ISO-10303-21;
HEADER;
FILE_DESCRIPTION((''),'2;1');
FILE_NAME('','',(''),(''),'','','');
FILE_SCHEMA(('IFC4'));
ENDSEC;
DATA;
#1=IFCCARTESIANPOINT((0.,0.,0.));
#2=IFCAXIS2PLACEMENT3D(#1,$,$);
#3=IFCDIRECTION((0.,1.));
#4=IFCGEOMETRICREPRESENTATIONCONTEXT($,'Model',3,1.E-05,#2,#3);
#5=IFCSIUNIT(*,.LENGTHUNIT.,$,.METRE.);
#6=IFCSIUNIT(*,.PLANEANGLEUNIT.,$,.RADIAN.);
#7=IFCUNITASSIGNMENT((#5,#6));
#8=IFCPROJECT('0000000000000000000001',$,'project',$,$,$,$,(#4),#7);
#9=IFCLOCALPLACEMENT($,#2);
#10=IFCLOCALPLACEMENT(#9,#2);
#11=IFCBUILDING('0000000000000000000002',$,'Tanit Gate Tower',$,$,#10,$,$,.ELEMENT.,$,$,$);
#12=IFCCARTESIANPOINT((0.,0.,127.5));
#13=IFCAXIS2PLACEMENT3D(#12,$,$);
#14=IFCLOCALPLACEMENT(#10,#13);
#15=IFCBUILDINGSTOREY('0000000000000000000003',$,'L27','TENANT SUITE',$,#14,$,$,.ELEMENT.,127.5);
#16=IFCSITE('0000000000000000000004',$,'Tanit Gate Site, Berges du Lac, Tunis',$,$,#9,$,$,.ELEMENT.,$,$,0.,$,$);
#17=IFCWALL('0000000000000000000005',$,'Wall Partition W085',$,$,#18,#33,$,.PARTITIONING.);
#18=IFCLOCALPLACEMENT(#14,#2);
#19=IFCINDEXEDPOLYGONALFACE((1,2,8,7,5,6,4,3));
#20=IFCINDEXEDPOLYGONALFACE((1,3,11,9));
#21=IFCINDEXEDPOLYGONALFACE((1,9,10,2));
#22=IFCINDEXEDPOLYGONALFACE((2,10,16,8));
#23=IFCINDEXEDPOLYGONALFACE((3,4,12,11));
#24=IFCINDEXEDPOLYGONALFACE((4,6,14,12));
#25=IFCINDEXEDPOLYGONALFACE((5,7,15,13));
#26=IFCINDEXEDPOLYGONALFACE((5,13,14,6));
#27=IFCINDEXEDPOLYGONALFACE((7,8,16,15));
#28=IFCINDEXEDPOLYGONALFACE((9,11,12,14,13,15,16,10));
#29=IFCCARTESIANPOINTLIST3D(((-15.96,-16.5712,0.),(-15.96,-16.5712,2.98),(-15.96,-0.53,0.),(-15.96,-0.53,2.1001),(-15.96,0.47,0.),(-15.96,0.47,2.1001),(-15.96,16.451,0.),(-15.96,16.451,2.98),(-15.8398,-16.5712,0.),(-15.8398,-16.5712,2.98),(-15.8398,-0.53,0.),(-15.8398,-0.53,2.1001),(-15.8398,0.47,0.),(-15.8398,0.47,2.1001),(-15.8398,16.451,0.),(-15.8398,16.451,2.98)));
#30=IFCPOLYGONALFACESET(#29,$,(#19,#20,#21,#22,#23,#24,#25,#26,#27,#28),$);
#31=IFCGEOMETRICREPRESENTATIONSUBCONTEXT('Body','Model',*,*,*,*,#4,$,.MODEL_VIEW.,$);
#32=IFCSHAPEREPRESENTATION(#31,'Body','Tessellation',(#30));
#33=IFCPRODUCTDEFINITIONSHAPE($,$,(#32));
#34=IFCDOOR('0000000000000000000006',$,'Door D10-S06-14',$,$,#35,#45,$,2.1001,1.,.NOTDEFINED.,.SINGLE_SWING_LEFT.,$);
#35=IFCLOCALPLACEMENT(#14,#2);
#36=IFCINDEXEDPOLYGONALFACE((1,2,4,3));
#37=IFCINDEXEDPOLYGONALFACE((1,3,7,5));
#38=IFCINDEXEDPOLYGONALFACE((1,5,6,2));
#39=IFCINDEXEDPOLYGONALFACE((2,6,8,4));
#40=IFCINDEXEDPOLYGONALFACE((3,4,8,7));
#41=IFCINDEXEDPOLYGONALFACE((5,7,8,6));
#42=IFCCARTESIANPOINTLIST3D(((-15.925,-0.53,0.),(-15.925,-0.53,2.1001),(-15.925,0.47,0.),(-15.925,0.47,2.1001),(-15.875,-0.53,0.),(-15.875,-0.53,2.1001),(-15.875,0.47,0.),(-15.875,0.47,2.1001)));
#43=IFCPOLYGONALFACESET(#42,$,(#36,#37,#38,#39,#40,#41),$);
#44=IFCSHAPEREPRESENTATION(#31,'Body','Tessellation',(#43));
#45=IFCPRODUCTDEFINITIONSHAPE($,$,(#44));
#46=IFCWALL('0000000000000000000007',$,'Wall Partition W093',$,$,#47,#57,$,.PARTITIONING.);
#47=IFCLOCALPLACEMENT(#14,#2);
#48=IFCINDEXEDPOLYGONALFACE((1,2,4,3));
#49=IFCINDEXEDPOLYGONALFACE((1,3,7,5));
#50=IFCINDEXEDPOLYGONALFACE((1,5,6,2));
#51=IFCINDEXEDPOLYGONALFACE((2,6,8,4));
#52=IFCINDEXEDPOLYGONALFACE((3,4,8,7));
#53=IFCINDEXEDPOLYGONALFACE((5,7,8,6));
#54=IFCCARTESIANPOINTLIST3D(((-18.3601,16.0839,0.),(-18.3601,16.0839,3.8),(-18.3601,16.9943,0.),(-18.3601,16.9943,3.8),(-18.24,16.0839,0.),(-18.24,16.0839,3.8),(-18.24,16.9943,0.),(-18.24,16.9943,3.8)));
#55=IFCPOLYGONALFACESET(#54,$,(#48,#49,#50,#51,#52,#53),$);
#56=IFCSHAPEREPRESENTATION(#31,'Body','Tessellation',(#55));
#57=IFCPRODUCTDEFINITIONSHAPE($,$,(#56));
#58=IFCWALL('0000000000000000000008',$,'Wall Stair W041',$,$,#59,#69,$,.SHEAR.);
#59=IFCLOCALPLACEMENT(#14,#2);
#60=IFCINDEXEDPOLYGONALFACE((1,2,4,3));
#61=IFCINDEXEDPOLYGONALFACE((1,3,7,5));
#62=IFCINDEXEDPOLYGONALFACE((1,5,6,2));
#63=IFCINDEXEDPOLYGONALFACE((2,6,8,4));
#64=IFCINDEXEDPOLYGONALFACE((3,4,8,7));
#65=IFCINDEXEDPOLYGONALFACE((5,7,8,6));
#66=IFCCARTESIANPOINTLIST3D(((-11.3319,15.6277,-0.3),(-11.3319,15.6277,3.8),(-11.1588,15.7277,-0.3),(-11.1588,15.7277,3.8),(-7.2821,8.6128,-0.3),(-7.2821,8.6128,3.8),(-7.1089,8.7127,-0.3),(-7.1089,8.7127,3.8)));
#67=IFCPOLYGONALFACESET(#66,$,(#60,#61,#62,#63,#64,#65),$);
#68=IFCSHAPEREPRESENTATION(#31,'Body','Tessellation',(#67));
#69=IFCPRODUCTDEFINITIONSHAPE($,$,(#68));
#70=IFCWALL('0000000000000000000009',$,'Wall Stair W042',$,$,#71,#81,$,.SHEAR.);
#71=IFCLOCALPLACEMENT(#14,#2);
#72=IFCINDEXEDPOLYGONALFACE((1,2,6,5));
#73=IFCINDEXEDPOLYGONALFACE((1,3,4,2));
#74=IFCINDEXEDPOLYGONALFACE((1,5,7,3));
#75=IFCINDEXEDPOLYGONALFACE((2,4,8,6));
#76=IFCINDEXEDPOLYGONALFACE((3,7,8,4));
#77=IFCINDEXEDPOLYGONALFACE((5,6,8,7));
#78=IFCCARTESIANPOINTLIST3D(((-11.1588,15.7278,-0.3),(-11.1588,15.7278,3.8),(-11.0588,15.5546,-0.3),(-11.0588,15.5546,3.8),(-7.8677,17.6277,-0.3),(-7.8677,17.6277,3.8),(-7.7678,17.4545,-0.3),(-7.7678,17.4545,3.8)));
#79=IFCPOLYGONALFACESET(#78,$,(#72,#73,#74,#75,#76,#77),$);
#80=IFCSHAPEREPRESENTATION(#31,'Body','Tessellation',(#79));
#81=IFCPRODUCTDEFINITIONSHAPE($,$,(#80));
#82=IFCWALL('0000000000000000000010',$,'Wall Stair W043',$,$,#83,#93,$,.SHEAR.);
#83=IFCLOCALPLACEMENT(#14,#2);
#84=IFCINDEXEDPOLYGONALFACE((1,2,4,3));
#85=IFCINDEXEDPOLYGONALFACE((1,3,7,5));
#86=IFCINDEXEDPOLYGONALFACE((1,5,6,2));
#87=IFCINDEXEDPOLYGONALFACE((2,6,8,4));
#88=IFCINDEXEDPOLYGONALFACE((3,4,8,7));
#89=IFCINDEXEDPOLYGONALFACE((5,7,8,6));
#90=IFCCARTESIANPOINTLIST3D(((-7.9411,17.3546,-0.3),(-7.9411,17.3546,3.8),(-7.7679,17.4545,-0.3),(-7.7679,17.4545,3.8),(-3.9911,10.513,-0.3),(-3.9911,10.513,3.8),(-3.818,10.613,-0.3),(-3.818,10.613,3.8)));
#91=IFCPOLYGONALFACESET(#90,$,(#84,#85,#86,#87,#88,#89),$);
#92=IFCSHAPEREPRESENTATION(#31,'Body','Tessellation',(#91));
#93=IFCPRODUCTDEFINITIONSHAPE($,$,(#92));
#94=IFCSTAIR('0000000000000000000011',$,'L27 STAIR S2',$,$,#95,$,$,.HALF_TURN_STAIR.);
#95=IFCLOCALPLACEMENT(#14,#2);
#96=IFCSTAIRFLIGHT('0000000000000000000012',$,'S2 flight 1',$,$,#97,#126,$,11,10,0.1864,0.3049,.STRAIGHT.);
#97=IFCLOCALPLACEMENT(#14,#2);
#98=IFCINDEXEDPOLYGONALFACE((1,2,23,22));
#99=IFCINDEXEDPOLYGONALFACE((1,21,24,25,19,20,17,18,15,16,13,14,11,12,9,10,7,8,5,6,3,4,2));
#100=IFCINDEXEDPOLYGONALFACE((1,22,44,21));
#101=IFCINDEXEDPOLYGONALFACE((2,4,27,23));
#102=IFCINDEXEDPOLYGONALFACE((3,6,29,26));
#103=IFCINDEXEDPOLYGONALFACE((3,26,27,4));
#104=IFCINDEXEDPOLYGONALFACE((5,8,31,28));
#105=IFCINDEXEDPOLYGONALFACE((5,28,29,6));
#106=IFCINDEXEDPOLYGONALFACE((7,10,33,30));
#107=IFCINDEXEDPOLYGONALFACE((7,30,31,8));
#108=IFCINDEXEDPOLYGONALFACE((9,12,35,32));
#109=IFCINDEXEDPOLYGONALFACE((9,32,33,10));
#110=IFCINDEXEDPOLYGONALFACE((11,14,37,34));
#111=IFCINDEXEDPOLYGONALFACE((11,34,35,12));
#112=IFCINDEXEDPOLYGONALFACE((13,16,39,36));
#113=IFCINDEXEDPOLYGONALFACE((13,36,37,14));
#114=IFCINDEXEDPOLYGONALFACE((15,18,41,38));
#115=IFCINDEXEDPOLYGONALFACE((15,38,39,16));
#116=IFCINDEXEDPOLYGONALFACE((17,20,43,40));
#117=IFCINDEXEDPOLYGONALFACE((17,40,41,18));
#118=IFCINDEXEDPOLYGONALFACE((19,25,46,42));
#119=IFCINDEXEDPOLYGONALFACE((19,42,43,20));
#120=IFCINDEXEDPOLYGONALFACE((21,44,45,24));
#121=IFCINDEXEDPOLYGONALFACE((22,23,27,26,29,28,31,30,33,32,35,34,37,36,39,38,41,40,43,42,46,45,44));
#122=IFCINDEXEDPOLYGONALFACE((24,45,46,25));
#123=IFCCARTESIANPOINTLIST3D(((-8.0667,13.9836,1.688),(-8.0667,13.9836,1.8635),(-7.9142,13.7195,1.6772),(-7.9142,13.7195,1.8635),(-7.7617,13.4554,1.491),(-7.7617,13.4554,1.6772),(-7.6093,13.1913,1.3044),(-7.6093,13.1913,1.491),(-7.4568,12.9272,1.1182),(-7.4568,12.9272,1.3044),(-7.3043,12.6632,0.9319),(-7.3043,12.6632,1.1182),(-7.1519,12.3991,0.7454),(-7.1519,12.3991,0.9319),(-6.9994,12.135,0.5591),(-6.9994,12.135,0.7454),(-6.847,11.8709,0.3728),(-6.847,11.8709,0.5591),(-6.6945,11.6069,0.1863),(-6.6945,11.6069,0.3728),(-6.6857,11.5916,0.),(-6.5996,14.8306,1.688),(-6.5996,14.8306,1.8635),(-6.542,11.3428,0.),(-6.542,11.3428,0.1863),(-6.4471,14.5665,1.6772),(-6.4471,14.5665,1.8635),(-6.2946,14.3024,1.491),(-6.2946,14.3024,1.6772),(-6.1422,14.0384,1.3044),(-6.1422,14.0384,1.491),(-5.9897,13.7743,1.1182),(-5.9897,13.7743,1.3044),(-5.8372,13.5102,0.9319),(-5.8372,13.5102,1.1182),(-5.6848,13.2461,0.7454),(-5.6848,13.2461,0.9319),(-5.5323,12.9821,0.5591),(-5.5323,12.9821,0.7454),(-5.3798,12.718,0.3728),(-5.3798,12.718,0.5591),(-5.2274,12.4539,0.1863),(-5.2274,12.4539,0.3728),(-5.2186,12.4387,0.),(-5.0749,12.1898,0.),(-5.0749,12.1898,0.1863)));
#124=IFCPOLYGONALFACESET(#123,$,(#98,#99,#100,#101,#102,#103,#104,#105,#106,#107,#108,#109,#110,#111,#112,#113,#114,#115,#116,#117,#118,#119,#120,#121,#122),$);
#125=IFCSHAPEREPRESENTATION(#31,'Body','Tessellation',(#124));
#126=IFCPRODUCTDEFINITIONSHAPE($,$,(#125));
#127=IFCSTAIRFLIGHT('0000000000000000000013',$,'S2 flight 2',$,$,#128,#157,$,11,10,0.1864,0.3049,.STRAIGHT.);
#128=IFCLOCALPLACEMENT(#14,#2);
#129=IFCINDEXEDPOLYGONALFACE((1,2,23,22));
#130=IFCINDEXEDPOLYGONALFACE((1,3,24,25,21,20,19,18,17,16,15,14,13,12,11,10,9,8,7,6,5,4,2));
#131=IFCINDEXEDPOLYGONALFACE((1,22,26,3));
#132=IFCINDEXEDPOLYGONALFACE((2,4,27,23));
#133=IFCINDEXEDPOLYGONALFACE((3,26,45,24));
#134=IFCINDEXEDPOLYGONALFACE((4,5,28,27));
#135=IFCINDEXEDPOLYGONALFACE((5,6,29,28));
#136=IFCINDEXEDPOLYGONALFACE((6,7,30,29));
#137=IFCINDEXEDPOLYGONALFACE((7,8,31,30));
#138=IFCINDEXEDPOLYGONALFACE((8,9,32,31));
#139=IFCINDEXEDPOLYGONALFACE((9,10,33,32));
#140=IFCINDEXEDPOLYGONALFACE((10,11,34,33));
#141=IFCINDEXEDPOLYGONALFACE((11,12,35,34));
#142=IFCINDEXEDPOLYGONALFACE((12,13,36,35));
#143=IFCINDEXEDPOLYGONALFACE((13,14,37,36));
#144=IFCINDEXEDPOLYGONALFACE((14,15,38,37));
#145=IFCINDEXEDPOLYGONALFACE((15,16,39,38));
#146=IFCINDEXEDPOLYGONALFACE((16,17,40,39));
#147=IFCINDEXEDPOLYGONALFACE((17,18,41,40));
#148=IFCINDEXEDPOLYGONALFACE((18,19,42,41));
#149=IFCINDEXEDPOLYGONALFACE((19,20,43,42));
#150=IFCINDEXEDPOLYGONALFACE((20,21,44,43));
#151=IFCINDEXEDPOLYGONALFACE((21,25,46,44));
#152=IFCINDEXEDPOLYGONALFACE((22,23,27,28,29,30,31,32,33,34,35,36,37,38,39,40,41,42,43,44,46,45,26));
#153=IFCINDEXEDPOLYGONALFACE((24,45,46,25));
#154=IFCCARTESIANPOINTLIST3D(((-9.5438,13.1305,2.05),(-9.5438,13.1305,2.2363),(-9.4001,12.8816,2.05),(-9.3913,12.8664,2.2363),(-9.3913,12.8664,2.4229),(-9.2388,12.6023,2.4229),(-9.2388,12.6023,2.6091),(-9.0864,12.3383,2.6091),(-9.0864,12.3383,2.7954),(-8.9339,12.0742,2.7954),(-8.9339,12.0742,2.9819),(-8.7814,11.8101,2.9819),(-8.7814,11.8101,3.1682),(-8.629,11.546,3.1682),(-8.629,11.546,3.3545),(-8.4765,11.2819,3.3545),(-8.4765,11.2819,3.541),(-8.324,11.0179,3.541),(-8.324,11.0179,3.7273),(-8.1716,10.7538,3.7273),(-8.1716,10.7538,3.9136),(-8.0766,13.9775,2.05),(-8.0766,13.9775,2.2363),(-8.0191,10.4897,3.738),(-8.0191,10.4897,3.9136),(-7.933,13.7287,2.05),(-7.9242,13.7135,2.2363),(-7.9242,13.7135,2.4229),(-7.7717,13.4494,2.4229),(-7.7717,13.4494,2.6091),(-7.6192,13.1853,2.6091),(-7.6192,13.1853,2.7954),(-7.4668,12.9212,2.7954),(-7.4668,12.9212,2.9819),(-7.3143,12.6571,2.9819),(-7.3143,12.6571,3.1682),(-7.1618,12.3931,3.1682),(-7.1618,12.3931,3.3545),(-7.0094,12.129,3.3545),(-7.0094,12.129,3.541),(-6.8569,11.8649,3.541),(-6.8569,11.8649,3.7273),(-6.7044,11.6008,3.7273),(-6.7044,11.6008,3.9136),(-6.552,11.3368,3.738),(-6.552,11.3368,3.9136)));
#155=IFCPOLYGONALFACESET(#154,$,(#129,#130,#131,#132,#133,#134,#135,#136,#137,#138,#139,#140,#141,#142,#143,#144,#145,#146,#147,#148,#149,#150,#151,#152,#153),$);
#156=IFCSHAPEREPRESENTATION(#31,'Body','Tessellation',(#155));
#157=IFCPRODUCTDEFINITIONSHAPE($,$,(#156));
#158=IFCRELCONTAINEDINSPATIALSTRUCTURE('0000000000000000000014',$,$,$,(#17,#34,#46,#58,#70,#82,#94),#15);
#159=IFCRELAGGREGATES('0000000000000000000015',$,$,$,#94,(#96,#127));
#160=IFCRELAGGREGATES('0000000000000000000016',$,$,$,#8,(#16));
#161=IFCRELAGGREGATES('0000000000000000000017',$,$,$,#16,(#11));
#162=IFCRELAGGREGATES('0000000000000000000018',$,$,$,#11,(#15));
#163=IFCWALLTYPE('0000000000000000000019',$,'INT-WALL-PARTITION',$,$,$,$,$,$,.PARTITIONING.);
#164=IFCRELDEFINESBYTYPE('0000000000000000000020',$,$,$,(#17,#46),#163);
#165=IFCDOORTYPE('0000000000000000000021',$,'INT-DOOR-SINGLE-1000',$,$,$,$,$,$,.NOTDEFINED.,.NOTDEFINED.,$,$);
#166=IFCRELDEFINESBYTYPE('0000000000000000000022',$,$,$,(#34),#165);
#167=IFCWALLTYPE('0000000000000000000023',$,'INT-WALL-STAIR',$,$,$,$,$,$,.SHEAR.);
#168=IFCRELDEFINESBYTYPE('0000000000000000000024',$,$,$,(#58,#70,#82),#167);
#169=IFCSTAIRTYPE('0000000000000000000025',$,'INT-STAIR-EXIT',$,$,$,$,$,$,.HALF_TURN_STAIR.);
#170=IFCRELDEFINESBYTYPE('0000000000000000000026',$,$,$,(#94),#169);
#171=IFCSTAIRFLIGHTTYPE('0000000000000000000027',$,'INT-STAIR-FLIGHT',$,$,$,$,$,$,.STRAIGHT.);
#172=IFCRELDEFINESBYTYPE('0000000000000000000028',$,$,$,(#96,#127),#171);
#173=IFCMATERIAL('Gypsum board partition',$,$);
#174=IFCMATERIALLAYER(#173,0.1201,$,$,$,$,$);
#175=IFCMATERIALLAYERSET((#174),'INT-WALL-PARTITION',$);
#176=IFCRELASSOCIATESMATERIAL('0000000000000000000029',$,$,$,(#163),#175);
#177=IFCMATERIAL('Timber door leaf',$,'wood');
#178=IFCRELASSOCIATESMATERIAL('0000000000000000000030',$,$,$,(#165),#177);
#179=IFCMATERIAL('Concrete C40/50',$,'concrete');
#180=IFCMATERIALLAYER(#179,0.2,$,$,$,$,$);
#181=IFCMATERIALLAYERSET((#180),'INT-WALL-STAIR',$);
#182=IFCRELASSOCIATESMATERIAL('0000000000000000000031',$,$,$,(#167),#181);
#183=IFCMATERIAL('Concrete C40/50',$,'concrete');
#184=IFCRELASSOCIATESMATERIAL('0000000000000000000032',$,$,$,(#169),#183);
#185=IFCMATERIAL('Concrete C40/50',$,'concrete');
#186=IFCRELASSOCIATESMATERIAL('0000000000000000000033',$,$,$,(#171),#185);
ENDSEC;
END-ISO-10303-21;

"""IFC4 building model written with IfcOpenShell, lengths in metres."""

from ifc_helpers import new_model, si_unit, direction, frame, frame_2d, origin, place, context, subcontext, project, spatial, polyline, rectangle, outline, extrude, material, layer, layer_set, type_object, element, fill, aggregate, save


model = new_model("IFC4")

# Units and contexts
model_context = context("Model", 3, precision=1e-05, world=origin(), true_north=direction((0.0, 1.0)))
body_context = subcontext(model_context, "Body", "Model", "MODEL_VIEW")
ifc_project = project(units=[si_unit("LENGTHUNIT", "METRE"), si_unit("PLANEANGLEUNIT", "RADIAN")], contexts=[model_context])

# Site, building, storey
site_placement = place(None, origin())
site = spatial("IfcSite", under=ifc_project, at=site_placement, Name="Tanit Gate Site, Berges du Lac, Tunis", CompositionType="ELEMENT", RefElevation=0.0)
building_placement = place(site_placement, origin())
building = spatial("IfcBuilding", under=site, at=building_placement, Name="Tanit Gate Tower", CompositionType="ELEMENT")
storey_placement = place(building_placement, frame((0.0, 0.0, 127.5)))
storey = spatial("IfcBuildingStorey", under=building, at=storey_placement, Name="L27", Description="TENANT SUITE", CompositionType="ELEMENT", Elevation=127.5)

# Wall, opening, door
ifc_material_1 = material(Name="Gypsum board partition")
ifc_layer_1 = layer(ifc_material_1, 0.1201)
ifc_layer_set_1 = layer_set([ifc_layer_1], Name="INT-WALL-PARTITION")
wall_type_1 = type_object("IfcWallType", Name="INT-WALL-PARTITION", PredefinedType="PARTITIONING", material=ifc_layer_set_1)
wall_1_placement = place(storey_placement, frame((-15.8999, 16.4512, 0.0), z_axis=(0.0, 0.0, 1.0), x_axis=(0.0, -1.0, 0.0)))
wall_1 = element("IfcWall", 1, at=wall_1_placement, inside=storey, type_object=wall_type_1, Name="Wall Partition W085", PredefinedType="PARTITIONING", context=body_context, shape_type="SweptSolid", body=[
    extrude(rectangle(XDim=33.0222, YDim=0.1201, at=frame_2d((16.5112, 0.0))), origin(), (0.0, 0.0, 1.0), 2.98),
])
opening_1_placement = place(wall_1_placement, frame((15.9812, 0.0, 0.0)))
opening_1 = element("IfcOpeningElement", 2, at=opening_1_placement, cuts=wall_1, PredefinedType="OPENING", context=body_context, shape_type="SweptSolid", body=[
    extrude(rectangle(XDim=1.0, YDim=2.1001, at=frame_2d((0.5, 1.05))), frame((0.0, 0.0701, 0.0), z_axis=(0.0, -1.0, 0.0), x_axis=(1.0, 0.0, 0.0)), (0.0, 0.0, 1.0), 0.1401),
])
ifc_material_2 = material(Name="Timber door leaf", Category="wood")
door_type_1 = type_object("IfcDoorType", Name="INT-DOOR-SINGLE-1000", OperationType="NOTDEFINED", PredefinedType="NOTDEFINED", material=ifc_material_2)
door_1_placement = place(opening_1_placement, origin())
door_1 = element("IfcDoor", 3, at=door_1_placement, inside=storey, type_object=door_type_1, Name="Door D10-S06-14", OperationType="SINGLE_SWING_LEFT", OverallHeight=2.1001, OverallWidth=1.0, PredefinedType="NOTDEFINED", context=body_context, shape_type="SweptSolid", body=[
    extrude(rectangle(XDim=1.0, YDim=2.1001, at=frame_2d((0.5, 1.05))), frame((0.0, 0.0249, 0.0), z_axis=(0.0, -1.0, 0.0), x_axis=(1.0, 0.0, 0.0)), (0.0, 0.0, 1.0), 0.05),
])
fill(opening_1, door_1)

# Walls
wall_2_placement = place(storey_placement, frame((-18.3, 16.9941, 0.0), z_axis=(0.0, 0.0, 1.0), x_axis=(0.0, -1.0, 0.0)))
element("IfcWall", 4, at=wall_2_placement, inside=storey, type_object=wall_type_1, Name="Wall Partition W093", PredefinedType="PARTITIONING", context=body_context, shape_type="SweptSolid", body=[
    extrude(rectangle(XDim=0.9104, YDim=0.1201, at=frame_2d((0.4551, 0.0))), origin(), (0.0, 0.0, 1.0), 3.8),
])
ifc_material_3 = material(Name="Concrete C40/50", Category="concrete")
ifc_layer_2 = layer(ifc_material_3, 0.2)
ifc_layer_set_2 = layer_set([ifc_layer_2], Name="INT-WALL-STAIR")
wall_type_2 = type_object("IfcWallType", Name="INT-WALL-STAIR", PredefinedType="SHEAR", material=ifc_layer_set_2)
wall_3_placement = place(storey_placement, frame((-11.2454, 15.6777, -0.3), z_axis=(0.0, 0.0, 1.0), x_axis=(0.499977, -0.866039, 0.0)))
element("IfcWall", 5, at=wall_3_placement, inside=storey, type_object=wall_type_2, Name="Wall Stair W041", PredefinedType="SHEAR", context=body_context, shape_type="SweptSolid", body=[
    extrude(rectangle(XDim=8.1001, YDim=0.2, at=frame_2d((4.05, 0.0))), origin(), (0.0, 0.0, 1.0), 4.1001),
])
wall_4_placement = place(storey_placement, frame((-7.8179, 17.541, -0.3), z_axis=(0.0, 0.0, 1.0), x_axis=(-0.866044, -0.499967, 0.0)))
element("IfcWall", 6, at=wall_4_placement, inside=storey, type_object=wall_type_2, Name="Wall Stair W042", PredefinedType="SHEAR", context=body_context, shape_type="SweptSolid", body=[
    extrude(rectangle(XDim=3.8, YDim=0.2, at=frame_2d((1.8999, 0.0))), origin(), (0.0, 0.0, 1.0), 4.1001),
])
wall_5_placement = place(storey_placement, frame((-7.8545, 17.4045, -0.3), z_axis=(0.0, 0.0, 1.0), x_axis=(0.499998, -0.866027, 0.0)))
element("IfcWall", 7, at=wall_5_placement, inside=storey, type_object=wall_type_2, Name="Wall Stair W043", PredefinedType="SHEAR", context=body_context, shape_type="SweptSolid", body=[
    extrude(rectangle(XDim=7.8999, YDim=0.2, at=frame_2d((3.95, 0.0))), origin(), (0.0, 0.0, 1.0), 4.1001),
])

# Stair, stair flights
ifc_material_4 = material(Name="Concrete C40/50", Category="concrete")
stair_type = type_object("IfcStairType", Name="INT-STAIR-EXIT", PredefinedType="HALF_TURN_STAIR", material=ifc_material_4)
stair_placement = place(storey_placement, origin())
stair = element("IfcStair", 8, at=stair_placement, inside=storey, type_object=stair_type, Name="L27 STAIR S2", PredefinedType="HALF_TURN_STAIR")
ifc_material_5 = material(Name="Concrete C40/50", Category="concrete")
stair_flight_type = type_object("IfcStairFlightType", Name="INT-STAIR-FLIGHT", PredefinedType="STRAIGHT", material=ifc_material_5)
stair_flight_1_placement = place(storey_placement, frame((-5.8083, 11.7664, 0.0), z_axis=(0.0, 0.0, 1.0), x_axis=(-0.5, 0.866025, 0.0)))
stair_flight_1 = element("IfcStairFlight", 9, at=stair_flight_1_placement, type_object=stair_flight_type, Name="S2 flight 1", NumberOfRisers=11, NumberOfTreads=10, PredefinedType="STRAIGHT", RiserHeight=0.1864, TreadLength=0.3049, context=body_context, shape_type="SweptSolid", body=[
    extrude(outline(polyline([(0.0, 0.0), (0.0, 0.1863), (0.3049, 0.1863), (0.3049, 0.3728), (0.6099, 0.3728), (0.6099, 0.5591), (0.9148, 0.5591), (0.9148, 0.7454), (1.2197, 0.7454), (1.2197, 0.9319), (1.5247, 0.9319), (1.5247, 1.1182), (1.8296, 1.1182), (1.8296, 1.3044), (2.1345, 1.3044), (2.1345, 1.491), (2.4395, 1.491), (2.4395, 1.6772), (2.7444, 1.6772), (2.7444, 1.8635), (3.0493, 1.8635), (3.0493, 2.05), (3.0493, 1.688), (0.2874, 0.0), (0.0, 0.0)])), frame((0.0, 0.8472, 0.0), z_axis=(0.0, -1.0, 0.0), x_axis=(1.0, 0.0, 0.0)), (0.0, 0.0, 1.0), 1.6941),
])
stair_flight_2_placement = place(storey_placement, frame((-8.8103, 13.554, 2.05), z_axis=(0.0, 0.0, 1.0), x_axis=(0.5, -0.866025, 0.0)))
stair_flight_2 = element("IfcStairFlight", 10, at=stair_flight_2_placement, type_object=stair_flight_type, Name="S2 flight 2", NumberOfRisers=11, NumberOfTreads=10, PredefinedType="STRAIGHT", RiserHeight=0.1864, TreadLength=0.3049, context=body_context, shape_type="SweptSolid", body=[
    extrude(outline(polyline([(0.0, 0.0), (0.0, 0.1863), (0.3049, 0.1863), (0.3049, 0.3728), (0.6099, 0.3728), (0.6099, 0.5591), (0.9148, 0.5591), (0.9148, 0.7454), (1.2197, 0.7454), (1.2197, 0.9319), (1.5247, 0.9319), (1.5247, 1.1182), (1.8296, 1.1182), (1.8296, 1.3044), (2.1345, 1.3044), (2.1345, 1.491), (2.4395, 1.491), (2.4395, 1.6772), (2.7444, 1.6772), (2.7444, 1.8635), (3.0493, 1.8635), (3.0493, 2.05), (3.0493, 1.688), (0.2874, 0.0), (0.0, 0.0)])), frame((0.0, 0.8472, 0.0), z_axis=(0.0, -1.0, 0.0), x_axis=(1.0, 0.0, 0.0)), (0.0, 0.0, 1.0), 1.6941),
])
aggregate(stair, [stair_flight_1, stair_flight_2])

save(model, "model.ifc")
